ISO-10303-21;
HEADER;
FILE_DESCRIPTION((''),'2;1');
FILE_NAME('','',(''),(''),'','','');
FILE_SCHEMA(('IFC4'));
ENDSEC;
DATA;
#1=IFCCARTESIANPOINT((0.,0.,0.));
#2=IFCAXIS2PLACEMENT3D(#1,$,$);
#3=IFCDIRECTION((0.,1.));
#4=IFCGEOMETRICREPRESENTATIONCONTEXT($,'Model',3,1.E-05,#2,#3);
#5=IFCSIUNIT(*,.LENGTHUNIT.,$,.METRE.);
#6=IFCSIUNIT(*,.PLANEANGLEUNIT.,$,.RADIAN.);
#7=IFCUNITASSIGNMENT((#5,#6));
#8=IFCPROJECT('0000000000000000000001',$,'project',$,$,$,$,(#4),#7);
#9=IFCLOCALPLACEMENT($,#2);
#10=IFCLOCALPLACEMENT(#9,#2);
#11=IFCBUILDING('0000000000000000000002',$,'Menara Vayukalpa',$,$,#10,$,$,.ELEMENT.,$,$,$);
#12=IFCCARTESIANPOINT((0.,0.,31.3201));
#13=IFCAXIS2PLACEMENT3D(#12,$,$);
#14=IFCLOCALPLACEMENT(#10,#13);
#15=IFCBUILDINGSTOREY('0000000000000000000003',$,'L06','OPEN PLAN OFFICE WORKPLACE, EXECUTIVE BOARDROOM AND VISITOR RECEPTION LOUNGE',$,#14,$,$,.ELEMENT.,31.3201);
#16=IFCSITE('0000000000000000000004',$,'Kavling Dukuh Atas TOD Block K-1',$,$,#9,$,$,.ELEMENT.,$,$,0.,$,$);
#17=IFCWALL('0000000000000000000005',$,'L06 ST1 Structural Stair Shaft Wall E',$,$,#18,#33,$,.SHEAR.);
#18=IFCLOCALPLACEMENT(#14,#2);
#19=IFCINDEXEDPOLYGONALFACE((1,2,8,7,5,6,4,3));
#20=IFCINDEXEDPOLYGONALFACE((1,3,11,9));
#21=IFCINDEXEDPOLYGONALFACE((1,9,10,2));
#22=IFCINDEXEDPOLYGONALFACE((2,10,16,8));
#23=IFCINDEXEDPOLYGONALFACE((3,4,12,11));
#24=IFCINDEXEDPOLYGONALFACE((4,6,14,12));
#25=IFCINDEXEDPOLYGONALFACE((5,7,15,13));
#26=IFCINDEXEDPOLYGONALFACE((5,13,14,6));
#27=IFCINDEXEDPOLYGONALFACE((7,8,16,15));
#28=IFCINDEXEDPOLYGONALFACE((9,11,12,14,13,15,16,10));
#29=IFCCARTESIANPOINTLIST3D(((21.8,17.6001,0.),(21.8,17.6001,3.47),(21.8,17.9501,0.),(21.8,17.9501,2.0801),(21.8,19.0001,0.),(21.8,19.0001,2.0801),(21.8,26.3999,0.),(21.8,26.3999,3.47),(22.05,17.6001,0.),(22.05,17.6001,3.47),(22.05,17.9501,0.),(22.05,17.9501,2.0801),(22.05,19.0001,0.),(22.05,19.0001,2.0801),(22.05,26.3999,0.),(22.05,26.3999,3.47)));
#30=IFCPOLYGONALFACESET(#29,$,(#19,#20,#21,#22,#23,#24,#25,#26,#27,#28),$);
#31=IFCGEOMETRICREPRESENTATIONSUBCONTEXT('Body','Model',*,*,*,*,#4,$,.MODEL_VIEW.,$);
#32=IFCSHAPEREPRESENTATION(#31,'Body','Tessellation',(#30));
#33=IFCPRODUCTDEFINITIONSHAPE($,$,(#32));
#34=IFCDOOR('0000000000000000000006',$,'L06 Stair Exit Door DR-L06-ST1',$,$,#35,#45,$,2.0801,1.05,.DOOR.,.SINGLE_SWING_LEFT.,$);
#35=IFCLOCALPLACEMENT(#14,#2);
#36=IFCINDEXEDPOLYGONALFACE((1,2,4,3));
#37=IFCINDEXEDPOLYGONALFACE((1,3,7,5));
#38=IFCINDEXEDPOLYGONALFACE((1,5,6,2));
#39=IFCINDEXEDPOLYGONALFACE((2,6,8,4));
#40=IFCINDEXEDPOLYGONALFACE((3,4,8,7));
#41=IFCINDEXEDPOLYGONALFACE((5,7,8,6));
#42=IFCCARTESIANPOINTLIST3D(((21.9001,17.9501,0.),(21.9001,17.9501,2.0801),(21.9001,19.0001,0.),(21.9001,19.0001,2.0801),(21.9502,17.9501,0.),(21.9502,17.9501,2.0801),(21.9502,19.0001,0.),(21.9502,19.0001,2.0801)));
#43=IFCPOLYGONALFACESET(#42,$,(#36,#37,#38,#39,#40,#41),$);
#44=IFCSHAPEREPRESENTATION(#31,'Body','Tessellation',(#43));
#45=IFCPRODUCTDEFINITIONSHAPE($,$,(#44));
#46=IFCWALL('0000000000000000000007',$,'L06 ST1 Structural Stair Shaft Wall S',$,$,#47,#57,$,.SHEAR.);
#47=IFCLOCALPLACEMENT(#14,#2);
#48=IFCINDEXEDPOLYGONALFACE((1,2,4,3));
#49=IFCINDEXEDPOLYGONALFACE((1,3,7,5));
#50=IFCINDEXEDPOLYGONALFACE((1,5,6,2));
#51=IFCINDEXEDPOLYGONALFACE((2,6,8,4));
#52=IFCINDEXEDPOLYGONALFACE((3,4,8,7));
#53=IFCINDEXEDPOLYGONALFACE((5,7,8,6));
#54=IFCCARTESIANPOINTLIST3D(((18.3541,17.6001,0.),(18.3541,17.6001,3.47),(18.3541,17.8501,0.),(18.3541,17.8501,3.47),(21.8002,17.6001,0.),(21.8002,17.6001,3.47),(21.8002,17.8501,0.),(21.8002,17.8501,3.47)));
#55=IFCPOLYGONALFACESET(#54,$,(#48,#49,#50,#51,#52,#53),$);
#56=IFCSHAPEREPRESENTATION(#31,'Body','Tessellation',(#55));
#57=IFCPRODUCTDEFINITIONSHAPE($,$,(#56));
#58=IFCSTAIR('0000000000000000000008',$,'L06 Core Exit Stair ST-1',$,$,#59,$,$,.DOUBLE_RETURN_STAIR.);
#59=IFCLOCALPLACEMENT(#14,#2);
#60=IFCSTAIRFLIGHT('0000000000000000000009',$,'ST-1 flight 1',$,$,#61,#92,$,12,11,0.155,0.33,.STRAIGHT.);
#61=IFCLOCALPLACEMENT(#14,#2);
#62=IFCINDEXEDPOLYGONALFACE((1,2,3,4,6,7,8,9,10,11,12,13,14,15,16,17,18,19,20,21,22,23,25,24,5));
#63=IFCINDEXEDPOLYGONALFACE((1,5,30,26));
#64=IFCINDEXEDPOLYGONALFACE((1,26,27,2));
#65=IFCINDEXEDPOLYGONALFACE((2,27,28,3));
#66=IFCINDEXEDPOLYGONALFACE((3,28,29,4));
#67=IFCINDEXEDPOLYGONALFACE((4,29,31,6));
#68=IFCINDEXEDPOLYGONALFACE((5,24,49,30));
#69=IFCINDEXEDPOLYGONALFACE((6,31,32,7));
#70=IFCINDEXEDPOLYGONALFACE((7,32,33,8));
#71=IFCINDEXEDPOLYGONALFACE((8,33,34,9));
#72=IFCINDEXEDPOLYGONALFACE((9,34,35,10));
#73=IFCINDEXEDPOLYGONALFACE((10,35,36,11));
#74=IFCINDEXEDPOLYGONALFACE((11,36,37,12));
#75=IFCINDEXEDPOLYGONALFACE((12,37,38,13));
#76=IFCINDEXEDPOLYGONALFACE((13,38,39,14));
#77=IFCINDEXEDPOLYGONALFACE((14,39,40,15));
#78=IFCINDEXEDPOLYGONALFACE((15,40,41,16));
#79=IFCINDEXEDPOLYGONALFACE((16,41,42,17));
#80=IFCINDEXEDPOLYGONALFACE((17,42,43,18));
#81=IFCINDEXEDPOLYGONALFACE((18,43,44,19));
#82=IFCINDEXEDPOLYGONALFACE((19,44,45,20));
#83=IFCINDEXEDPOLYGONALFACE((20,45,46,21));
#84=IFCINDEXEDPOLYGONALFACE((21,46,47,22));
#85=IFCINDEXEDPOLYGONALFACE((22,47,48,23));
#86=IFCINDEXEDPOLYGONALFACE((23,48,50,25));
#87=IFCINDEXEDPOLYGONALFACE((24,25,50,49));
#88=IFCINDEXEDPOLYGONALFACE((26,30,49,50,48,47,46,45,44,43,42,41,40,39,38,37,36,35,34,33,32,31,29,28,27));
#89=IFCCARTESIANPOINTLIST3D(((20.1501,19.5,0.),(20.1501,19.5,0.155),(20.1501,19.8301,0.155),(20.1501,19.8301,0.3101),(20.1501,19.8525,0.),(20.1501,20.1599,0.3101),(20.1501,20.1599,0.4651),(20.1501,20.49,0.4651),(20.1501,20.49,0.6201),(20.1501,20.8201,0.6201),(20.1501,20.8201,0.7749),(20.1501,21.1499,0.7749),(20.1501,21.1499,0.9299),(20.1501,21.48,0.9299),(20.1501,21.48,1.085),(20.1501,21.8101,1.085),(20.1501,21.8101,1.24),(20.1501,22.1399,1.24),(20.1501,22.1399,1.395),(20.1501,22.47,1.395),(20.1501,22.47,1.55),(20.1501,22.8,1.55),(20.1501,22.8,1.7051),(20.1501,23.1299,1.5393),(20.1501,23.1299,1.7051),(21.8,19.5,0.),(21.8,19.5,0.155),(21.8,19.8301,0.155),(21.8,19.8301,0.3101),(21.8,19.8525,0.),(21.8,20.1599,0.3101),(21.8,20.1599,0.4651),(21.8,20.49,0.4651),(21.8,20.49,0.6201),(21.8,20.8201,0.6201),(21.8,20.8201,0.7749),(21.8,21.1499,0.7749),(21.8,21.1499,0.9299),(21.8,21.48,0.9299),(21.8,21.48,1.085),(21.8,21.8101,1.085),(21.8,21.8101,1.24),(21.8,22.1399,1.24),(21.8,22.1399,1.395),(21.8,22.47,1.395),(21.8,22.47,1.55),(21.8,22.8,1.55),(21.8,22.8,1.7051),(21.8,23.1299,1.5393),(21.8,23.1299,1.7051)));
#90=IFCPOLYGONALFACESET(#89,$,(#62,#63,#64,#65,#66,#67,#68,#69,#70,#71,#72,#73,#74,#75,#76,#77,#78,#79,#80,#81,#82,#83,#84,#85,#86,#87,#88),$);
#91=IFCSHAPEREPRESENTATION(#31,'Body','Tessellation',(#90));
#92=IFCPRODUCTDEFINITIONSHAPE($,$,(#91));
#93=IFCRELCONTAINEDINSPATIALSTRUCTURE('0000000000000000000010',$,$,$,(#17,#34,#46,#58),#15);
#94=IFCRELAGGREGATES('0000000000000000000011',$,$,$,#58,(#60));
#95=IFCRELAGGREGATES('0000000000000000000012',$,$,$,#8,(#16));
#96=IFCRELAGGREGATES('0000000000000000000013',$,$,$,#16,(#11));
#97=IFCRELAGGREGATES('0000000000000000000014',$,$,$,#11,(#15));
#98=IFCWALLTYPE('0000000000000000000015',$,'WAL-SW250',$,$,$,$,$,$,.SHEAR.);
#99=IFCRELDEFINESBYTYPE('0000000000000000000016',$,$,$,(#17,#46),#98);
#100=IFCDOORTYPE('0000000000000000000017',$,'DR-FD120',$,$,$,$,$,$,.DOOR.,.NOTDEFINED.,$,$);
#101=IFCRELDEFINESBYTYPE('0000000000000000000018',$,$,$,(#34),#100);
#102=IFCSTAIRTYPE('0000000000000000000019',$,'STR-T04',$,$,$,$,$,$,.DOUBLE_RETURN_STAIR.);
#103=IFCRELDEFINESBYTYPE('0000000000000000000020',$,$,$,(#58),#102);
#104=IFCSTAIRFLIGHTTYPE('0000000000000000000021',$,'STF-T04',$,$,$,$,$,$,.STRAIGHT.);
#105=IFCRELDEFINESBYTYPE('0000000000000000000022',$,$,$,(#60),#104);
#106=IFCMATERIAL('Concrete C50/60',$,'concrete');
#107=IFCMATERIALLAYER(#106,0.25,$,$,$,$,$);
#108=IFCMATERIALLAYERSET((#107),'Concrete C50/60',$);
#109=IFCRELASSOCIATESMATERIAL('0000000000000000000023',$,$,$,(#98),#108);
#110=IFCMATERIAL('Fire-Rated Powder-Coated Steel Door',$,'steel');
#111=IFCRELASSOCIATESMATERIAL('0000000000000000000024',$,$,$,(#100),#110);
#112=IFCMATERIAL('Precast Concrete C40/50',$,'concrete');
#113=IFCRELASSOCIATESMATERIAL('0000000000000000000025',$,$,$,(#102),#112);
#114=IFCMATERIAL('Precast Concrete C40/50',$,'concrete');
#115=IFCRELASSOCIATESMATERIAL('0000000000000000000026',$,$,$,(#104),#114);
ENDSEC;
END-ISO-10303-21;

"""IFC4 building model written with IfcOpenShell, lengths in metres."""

from ifc_helpers import new_model, si_unit, direction, frame, frame_2d, origin, place, context, subcontext, project, spatial, polyline, rectangle, outline, extrude, material, layer, layer_set, type_object, element, fill, aggregate, save


model = new_model("IFC4")

# Units and contexts
model_context = context("Model", 3, precision=1e-05, world=origin(), true_north=direction((0.0, 1.0)))
body_context = subcontext(model_context, "Body", "Model", "MODEL_VIEW")
ifc_project = project(units=[si_unit("LENGTHUNIT", "METRE"), si_unit("PLANEANGLEUNIT", "RADIAN")], contexts=[model_context])

# Site, building, storey
site_placement = place(None, origin())
site = spatial("IfcSite", under=ifc_project, at=site_placement, Name="Kavling Dukuh Atas TOD Block K-1", CompositionType="ELEMENT", RefElevation=0.0)
building_placement = place(site_placement, origin())
building = spatial("IfcBuilding", under=site, at=building_placement, Name="Menara Vayukalpa", CompositionType="ELEMENT")
storey_placement = place(building_placement, frame((0.0, 0.0, 31.3201)))
storey = spatial("IfcBuildingStorey", under=building, at=storey_placement, Name="L06", Description="OPEN PLAN OFFICE WORKPLACE, EXECUTIVE BOARDROOM AND VISITOR RECEPTION LOUNGE", CompositionType="ELEMENT", Elevation=31.3201)

# Shared definitions
ifc_material_1 = material(Name="Concrete C50/60", Category="concrete")
ifc_layer_1 = layer(ifc_material_1, 0.25)
ifc_layer_set_1 = layer_set([ifc_layer_1], Name="Concrete C50/60")
wall_type_1 = type_object("IfcWallType", Name="WAL-SW250", PredefinedType="SHEAR", material=ifc_layer_set_1)

# Wall, opening, door
wall_1_placement = place(storey_placement, frame((21.925, 17.6001, 0.0), z_axis=(0.0, 0.0, 1.0), x_axis=(0.0, 1.0, 0.0)))
wall_1 = element("IfcWall", 1, at=wall_1_placement, inside=storey, type_object=wall_type_1, Name="L06 ST1 Structural Stair Shaft Wall E", PredefinedType="SHEAR", context=body_context, shape_type="SweptSolid", body=[
    extrude(rectangle(XDim=8.7998, YDim=0.25, at=frame_2d((4.3999, 0.0))), origin(), (0.0, 0.0, 1.0), 3.47),
])
opening_placement = place(wall_1_placement, frame((0.3501, 0.0, 0.0)))
opening = element("IfcOpeningElement", 2, at=opening_placement, cuts=wall_1, PredefinedType="OPENING", context=body_context, shape_type="SweptSolid", body=[
    extrude(rectangle(XDim=1.05, YDim=2.0801, at=frame_2d((0.5249, 1.04))), frame((0.0, 0.135, 0.0), z_axis=(0.0, -1.0, 0.0), x_axis=(1.0, 0.0, 0.0)), (0.0, 0.0, 1.0), 0.27),
])
ifc_material_2 = material(Name="Fire-Rated Powder-Coated Steel Door", Category="steel")
door_type = type_object("IfcDoorType", Name="DR-FD120", OperationType="NOTDEFINED", PredefinedType="DOOR", material=ifc_material_2)
door_placement = place(opening_placement, origin())
door = element("IfcDoor", 3, at=door_placement, inside=storey, type_object=door_type, Name="L06 Stair Exit Door DR-L06-ST1", OperationType="SINGLE_SWING_LEFT", OverallHeight=2.0801, OverallWidth=1.05, PredefinedType="DOOR", context=body_context, shape_type="SweptSolid", body=[
    extrude(rectangle(XDim=1.05, YDim=2.0801, at=frame_2d((0.5249, 1.04))), frame((0.0, 0.0249, 0.0), z_axis=(0.0, -1.0, 0.0), x_axis=(1.0, 0.0, 0.0)), (0.0, 0.0, 1.0), 0.05),
])
fill(opening, door)

# Wall
wall_2_placement = place(storey_placement, frame((18.354, 17.7251, 0.0), z_axis=(0.0, 0.0, 1.0), x_axis=(1.0, 0.0, 0.0)))
element("IfcWall", 4, at=wall_2_placement, inside=storey, type_object=wall_type_1, Name="L06 ST1 Structural Stair Shaft Wall S", PredefinedType="SHEAR", context=body_context, shape_type="SweptSolid", body=[
    extrude(rectangle(XDim=3.446, YDim=0.25, at=frame_2d((1.7231, 0.0))), origin(), (0.0, 0.0, 1.0), 3.47),
])

# Stair, stair flight
ifc_material_3 = material(Name="Precast Concrete C40/50", Category="concrete")
stair_type = type_object("IfcStairType", Name="STR-T04", PredefinedType="DOUBLE_RETURN_STAIR", material=ifc_material_3)
stair_placement = place(storey_placement, origin())
stair = element("IfcStair", 5, at=stair_placement, inside=storey, type_object=stair_type, Name="L06 Core Exit Stair ST-1", PredefinedType="DOUBLE_RETURN_STAIR")
ifc_material_4 = material(Name="Precast Concrete C40/50", Category="concrete")
stair_flight_type = type_object("IfcStairFlightType", Name="STF-T04", PredefinedType="STRAIGHT", material=ifc_material_4)
stair_flight_placement = place(storey_placement, frame((20.9751, 19.5, 0.0), z_axis=(0.0, 0.0, 1.0), x_axis=(0.0, 1.0, 0.0)))
stair_flight = element("IfcStairFlight", 6, at=stair_flight_placement, type_object=stair_flight_type, Name="ST-1 flight 1", NumberOfRisers=12, NumberOfTreads=11, PredefinedType="STRAIGHT", RiserHeight=0.155, TreadLength=0.33, context=body_context, shape_type="SweptSolid", body=[
    extrude(outline(polyline([(0.0, 0.0), (0.0, 0.155), (0.3301, 0.155), (0.3301, 0.3101), (0.6599, 0.3101), (0.6599, 0.4651), (0.99, 0.4651), (0.99, 0.6201), (1.3201, 0.6201), (1.3201, 0.7749), (1.6499, 0.7749), (1.6499, 0.9299), (1.98, 0.9299), (1.98, 1.085), (2.3101, 1.085), (2.3101, 1.24), (2.6399, 1.24), (2.6399, 1.395), (2.97, 1.395), (2.97, 1.55), (3.3, 1.55), (3.3, 1.7051), (3.6299, 1.7051), (3.6299, 1.8601), (3.6299, 1.5393), (0.3525, 0.0), (0.0, 0.0)])), frame((0.0, 0.825, 0.0), z_axis=(0.0, -1.0, 0.0), x_axis=(1.0, 0.0, 0.0)), (0.0, 0.0, 1.0), 1.6499),
])
aggregate(stair, [stair_flight])

save(model, "model.ifc")
